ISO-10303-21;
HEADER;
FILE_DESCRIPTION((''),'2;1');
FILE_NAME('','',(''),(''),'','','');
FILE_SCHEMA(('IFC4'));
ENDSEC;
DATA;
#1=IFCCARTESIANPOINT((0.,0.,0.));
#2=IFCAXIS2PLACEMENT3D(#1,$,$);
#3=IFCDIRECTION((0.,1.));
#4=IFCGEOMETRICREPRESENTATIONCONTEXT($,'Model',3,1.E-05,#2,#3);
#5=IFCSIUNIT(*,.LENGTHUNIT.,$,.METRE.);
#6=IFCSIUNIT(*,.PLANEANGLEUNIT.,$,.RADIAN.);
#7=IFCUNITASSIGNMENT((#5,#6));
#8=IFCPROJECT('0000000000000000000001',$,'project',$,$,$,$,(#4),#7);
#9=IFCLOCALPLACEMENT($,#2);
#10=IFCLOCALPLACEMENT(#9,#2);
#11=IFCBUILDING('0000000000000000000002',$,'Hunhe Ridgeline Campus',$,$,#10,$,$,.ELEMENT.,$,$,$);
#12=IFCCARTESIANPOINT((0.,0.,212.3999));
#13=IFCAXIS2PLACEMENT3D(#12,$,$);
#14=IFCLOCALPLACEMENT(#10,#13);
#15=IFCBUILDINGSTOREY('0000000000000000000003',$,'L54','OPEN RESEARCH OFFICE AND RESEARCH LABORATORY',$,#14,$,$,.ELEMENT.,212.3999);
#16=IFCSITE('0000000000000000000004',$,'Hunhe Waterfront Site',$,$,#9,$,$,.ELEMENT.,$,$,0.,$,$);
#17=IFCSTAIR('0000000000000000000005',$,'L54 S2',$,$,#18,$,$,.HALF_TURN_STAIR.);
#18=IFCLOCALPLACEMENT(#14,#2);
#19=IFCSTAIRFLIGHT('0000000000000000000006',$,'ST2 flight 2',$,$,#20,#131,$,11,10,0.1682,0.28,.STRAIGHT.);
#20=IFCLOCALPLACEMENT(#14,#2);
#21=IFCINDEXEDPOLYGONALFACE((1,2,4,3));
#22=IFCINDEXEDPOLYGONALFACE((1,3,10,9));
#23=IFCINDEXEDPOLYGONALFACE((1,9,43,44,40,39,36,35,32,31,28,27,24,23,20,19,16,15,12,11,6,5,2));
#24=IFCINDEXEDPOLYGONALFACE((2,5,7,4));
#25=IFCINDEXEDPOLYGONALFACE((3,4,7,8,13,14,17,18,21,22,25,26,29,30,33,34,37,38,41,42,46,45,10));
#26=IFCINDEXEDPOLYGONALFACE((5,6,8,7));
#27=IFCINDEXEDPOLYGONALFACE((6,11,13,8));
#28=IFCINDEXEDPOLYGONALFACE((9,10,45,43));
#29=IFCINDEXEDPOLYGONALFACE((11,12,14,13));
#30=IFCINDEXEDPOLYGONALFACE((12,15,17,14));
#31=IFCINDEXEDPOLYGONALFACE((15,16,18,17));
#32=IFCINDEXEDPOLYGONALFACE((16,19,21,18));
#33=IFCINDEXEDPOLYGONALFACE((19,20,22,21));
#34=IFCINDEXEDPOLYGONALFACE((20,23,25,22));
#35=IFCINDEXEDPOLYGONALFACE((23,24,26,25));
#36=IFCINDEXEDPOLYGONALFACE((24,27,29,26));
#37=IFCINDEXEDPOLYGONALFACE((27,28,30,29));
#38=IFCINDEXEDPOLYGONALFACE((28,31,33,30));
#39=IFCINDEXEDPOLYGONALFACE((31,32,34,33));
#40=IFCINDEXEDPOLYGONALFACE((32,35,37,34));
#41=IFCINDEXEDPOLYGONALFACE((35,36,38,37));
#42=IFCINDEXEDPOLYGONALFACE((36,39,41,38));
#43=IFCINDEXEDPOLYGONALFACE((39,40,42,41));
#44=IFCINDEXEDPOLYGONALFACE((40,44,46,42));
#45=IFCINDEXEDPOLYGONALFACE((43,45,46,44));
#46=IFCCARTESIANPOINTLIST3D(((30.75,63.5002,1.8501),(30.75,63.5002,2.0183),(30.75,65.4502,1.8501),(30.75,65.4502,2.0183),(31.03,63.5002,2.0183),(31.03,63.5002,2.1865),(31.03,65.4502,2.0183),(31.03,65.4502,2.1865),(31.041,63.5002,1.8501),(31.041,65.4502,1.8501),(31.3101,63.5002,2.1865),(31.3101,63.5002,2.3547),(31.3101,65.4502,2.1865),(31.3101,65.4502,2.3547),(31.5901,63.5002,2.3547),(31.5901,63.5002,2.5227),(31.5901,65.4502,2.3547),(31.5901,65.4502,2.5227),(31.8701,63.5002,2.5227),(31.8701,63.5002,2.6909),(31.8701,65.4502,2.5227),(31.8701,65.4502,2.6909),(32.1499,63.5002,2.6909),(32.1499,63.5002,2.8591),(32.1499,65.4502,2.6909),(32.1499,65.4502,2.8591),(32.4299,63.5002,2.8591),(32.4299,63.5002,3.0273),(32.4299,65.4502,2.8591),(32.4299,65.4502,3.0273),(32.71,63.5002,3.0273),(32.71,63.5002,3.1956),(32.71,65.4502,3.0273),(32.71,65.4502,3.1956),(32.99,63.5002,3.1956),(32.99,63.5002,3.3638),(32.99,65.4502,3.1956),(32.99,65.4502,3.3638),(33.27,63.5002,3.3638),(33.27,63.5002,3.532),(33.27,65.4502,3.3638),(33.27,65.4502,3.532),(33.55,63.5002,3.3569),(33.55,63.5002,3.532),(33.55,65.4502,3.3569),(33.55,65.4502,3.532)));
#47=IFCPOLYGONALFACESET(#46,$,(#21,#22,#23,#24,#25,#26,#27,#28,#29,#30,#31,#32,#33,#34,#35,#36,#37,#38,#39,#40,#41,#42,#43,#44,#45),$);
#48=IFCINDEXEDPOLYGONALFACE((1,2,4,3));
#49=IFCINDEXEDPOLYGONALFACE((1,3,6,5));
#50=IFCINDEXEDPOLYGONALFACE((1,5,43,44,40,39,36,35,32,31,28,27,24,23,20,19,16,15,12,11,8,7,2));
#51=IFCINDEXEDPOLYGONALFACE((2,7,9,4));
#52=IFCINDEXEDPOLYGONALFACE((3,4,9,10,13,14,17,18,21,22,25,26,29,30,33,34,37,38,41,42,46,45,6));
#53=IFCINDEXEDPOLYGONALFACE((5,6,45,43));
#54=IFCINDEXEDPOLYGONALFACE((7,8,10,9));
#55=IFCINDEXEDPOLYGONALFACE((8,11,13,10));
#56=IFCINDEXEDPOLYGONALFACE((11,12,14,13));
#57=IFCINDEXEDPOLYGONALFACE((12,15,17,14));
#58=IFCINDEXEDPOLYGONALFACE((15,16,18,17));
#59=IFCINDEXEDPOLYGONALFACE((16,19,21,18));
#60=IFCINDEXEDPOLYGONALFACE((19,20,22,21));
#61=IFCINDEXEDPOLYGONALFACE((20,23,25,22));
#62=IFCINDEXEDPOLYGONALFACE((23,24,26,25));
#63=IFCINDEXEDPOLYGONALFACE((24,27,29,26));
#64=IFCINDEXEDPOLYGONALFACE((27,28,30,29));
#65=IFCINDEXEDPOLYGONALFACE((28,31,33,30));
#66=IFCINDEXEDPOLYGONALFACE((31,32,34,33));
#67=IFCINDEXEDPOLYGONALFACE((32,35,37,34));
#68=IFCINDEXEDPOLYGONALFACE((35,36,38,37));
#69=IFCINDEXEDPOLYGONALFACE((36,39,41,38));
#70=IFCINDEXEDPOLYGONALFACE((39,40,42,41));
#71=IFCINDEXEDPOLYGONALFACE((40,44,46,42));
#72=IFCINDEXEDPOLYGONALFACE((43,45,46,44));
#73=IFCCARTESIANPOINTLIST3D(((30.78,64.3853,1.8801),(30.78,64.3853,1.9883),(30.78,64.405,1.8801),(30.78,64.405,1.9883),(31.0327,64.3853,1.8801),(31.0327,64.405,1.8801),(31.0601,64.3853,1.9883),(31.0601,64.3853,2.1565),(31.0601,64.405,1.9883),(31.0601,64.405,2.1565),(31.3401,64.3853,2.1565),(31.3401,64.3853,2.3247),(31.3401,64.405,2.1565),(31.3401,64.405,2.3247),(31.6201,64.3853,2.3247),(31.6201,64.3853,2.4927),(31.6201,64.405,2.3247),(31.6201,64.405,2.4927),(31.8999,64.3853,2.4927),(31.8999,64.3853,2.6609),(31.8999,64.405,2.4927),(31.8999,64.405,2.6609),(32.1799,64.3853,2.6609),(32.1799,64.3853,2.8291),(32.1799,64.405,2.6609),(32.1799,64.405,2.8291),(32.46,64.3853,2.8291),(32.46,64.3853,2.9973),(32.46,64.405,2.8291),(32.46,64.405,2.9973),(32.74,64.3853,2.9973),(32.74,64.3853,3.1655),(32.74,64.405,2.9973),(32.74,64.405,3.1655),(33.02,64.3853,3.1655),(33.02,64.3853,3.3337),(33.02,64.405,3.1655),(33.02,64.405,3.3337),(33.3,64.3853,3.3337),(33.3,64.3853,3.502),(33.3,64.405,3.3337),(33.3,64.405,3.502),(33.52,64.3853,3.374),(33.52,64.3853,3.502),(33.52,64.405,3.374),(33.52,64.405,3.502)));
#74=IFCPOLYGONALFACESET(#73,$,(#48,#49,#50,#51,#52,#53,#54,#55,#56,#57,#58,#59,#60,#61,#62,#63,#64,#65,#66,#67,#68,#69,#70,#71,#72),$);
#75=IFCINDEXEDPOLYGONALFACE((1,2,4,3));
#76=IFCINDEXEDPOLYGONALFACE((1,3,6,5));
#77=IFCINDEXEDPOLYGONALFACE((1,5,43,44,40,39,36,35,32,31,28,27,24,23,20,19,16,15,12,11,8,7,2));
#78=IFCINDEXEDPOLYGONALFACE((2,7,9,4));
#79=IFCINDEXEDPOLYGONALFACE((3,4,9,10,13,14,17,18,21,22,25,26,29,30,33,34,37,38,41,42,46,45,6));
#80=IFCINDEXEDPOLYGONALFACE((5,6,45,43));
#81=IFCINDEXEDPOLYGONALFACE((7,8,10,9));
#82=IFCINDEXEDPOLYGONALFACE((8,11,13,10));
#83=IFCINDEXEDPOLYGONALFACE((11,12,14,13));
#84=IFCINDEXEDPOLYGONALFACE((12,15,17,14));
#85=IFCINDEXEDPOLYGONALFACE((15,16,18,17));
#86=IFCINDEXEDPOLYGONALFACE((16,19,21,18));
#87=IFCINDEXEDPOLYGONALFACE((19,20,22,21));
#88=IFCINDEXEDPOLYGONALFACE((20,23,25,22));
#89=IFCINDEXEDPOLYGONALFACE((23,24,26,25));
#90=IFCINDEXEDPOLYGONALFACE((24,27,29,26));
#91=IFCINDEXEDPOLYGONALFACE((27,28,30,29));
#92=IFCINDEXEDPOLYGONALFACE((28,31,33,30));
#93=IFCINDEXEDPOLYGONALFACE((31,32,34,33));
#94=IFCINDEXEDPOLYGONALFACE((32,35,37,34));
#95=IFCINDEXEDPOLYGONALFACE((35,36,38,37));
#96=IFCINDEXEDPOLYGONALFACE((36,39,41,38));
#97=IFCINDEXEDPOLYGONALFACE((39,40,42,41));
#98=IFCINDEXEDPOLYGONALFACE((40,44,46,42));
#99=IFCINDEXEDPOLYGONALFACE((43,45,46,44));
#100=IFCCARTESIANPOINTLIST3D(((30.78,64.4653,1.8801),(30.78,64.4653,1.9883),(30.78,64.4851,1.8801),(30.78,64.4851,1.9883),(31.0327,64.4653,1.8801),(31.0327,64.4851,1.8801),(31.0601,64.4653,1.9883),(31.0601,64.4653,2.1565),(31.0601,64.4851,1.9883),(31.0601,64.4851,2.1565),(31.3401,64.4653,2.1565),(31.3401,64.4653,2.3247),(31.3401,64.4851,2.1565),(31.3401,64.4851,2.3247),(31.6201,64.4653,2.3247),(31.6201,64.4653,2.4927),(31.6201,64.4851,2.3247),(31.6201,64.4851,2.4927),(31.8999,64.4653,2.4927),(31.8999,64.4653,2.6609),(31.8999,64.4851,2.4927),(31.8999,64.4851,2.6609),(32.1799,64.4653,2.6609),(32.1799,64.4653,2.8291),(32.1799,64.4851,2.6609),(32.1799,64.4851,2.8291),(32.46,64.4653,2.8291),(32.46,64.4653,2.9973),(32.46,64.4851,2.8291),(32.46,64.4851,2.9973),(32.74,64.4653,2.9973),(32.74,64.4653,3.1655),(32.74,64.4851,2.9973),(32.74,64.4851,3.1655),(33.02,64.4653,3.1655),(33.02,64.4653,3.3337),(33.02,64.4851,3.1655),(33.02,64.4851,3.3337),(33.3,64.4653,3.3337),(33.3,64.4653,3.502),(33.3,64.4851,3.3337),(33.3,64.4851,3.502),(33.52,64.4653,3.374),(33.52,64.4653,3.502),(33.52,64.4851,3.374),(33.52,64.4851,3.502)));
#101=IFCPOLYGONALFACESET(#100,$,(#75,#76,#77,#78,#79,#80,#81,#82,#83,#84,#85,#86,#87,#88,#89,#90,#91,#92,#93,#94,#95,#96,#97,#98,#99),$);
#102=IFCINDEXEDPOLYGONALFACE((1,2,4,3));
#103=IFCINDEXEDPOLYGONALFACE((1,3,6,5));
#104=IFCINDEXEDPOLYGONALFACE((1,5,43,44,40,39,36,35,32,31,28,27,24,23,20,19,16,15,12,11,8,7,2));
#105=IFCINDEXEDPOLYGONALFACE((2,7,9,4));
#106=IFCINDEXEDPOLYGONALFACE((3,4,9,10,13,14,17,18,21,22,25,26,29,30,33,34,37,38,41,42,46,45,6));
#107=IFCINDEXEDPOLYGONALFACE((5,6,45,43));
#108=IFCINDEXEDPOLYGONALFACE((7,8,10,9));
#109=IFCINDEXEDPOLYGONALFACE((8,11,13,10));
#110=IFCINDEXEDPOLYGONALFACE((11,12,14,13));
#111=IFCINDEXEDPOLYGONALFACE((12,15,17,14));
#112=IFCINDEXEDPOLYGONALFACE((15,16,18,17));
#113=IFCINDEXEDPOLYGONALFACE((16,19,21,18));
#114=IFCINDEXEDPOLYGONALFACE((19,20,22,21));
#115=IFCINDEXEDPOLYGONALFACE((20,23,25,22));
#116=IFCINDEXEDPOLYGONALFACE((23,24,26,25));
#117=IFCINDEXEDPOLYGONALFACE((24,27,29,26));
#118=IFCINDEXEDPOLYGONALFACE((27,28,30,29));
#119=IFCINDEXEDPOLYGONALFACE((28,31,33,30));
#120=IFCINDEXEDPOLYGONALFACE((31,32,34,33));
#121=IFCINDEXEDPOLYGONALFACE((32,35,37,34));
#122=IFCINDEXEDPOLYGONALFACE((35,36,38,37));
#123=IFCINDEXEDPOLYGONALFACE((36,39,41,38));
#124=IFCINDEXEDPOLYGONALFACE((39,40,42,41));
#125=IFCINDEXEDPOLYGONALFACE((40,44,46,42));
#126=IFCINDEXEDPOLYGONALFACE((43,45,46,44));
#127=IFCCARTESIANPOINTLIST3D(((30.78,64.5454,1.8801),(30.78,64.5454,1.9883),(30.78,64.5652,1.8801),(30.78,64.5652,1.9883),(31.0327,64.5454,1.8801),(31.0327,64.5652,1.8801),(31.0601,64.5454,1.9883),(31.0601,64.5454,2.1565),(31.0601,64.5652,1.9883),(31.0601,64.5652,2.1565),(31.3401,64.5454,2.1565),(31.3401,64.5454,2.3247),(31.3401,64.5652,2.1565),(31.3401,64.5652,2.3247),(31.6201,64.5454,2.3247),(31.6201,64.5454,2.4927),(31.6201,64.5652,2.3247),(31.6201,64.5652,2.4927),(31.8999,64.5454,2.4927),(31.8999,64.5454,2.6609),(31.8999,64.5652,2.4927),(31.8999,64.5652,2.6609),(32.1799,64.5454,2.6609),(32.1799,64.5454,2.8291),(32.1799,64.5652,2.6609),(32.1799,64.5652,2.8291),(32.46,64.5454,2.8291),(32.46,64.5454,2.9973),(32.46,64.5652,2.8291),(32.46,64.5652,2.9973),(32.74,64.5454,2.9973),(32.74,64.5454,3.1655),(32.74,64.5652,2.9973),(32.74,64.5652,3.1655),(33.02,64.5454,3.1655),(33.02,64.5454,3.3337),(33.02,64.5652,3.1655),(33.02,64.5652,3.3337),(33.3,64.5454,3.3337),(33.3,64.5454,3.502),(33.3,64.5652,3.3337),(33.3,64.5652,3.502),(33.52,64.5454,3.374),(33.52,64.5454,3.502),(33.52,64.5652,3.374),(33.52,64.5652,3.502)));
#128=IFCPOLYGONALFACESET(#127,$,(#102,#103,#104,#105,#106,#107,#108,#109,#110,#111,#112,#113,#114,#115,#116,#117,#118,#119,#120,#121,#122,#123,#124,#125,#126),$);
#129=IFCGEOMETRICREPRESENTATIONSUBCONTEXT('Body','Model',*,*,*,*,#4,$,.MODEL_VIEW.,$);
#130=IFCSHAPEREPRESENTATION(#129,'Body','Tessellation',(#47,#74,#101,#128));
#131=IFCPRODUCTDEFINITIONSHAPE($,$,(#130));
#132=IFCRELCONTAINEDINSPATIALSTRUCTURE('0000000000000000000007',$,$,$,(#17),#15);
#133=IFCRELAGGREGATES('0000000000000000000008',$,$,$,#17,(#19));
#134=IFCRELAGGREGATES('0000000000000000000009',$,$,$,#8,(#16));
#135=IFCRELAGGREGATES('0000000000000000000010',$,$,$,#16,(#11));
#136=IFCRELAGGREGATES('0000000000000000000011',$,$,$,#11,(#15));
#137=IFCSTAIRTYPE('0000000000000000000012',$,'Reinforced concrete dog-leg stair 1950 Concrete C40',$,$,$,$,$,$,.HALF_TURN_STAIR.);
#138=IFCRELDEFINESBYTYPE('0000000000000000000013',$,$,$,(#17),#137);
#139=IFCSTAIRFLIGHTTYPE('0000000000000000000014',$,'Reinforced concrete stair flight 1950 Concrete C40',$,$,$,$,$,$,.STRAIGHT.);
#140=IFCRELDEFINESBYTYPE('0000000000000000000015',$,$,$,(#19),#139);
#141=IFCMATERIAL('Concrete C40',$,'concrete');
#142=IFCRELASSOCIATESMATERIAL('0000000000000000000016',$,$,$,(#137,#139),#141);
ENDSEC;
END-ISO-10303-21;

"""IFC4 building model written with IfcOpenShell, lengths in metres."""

from ifc_helpers import new_model, si_unit, direction, frame, origin, place, context, subcontext, project, spatial, polyline, outline, extrude, material, type_object, element, aggregate, save


model = new_model("IFC4")

# Units and contexts
model_context = context("Model", 3, precision=1e-05, world=origin(), true_north=direction((0.0, 1.0)))
body_context = subcontext(model_context, "Body", "Model", "MODEL_VIEW")
ifc_project = project(units=[si_unit("LENGTHUNIT", "METRE"), si_unit("PLANEANGLEUNIT", "RADIAN")], contexts=[model_context])

# Site, building, storey
site_placement = place(None, origin())
site = spatial("IfcSite", under=ifc_project, at=site_placement, Name="Hunhe Waterfront Site", CompositionType="ELEMENT", RefElevation=0.0)
building_placement = place(site_placement, origin())
building = spatial("IfcBuilding", under=site, at=building_placement, Name="Hunhe Ridgeline Campus", CompositionType="ELEMENT")
storey_placement = place(building_placement, frame((0.0, 0.0, 212.3999)))
storey = spatial("IfcBuildingStorey", under=building, at=storey_placement, Name="L54", Description="OPEN RESEARCH OFFICE AND RESEARCH LABORATORY", CompositionType="ELEMENT", Elevation=212.3999)

# Stair, stair flight
ifc_material_1 = material(Name="Concrete C40", Category="concrete")
stair_type = type_object("IfcStairType", Name="Reinforced concrete dog-leg stair 1950 Concrete C40", PredefinedType="HALF_TURN_STAIR", material=ifc_material_1)
stair_placement = place(storey_placement, origin())
stair = element("IfcStair", 1, at=stair_placement, inside=storey, type_object=stair_type, Name="L54 S2", PredefinedType="HALF_TURN_STAIR")
stair_flight_type = type_object("IfcStairFlightType", Name="Reinforced concrete stair flight 1950 Concrete C40", PredefinedType="STRAIGHT", material=ifc_material_1)
stair_flight_1_placement = place(storey_placement, frame((30.75, 64.4751, 1.8501), z_axis=(0.0, 0.0, 1.0), x_axis=(1.0, 0.0, 0.0)))
stair_flight_1 = element("IfcStairFlight", 2, at=stair_flight_1_placement, type_object=stair_flight_type, Name="ST2 flight 2", NumberOfRisers=11, NumberOfTreads=10, PredefinedType="STRAIGHT", RiserHeight=0.1682, TreadLength=0.28, context=body_context, shape_type="SweptSolid", body=[
    extrude(outline(polyline([(0.0, 0.0), (0.0, 0.1682), (0.28, 0.1682), (0.28, 0.3364), (0.5601, 0.3364), (0.5601, 0.5046), (0.8401, 0.5046), (0.8401, 0.6726), (1.1201, 0.6726), (1.1201, 0.8408), (1.3999, 0.8408), (1.3999, 1.009), (1.6799, 1.009), (1.6799, 1.1772), (1.96, 1.1772), (1.96, 1.3455), (2.24, 1.3455), (2.24, 1.5137), (2.52, 1.5137), (2.52, 1.6819), (2.8, 1.6819), (2.8, 1.8501), (2.8, 1.5068), (0.291, 0.0), (0.0, 0.0)])), frame((0.0, 0.9751, 0.0), z_axis=(0.0, -1.0, 0.0), x_axis=(1.0, 0.0, 0.0)), (0.0, 0.0, 1.0), 1.95),
    extrude(outline(polyline([(0.03, 0.03), (0.03, 0.1382), (0.3101, 0.1382), (0.3101, 0.3064), (0.5901, 0.3064), (0.5901, 0.4746), (0.8701, 0.4746), (0.8701, 0.6426), (1.1499, 0.6426), (1.1499, 0.8108), (1.4299, 0.8108), (1.4299, 0.979), (1.71, 0.979), (1.71, 1.1472), (1.99, 1.1472), (1.99, 1.3154), (2.27, 1.3154), (2.27, 1.4836), (2.55, 1.4836), (2.55, 1.6519), (2.77, 1.6519), (2.77, 1.5239), (0.2827, 0.03), (0.03, 0.03)])), frame((0.0, -0.0701, 0.0), z_axis=(0.0, -1.0, 0.0), x_axis=(1.0, 0.0, 0.0)), (0.0, 0.0, 1.0), 0.0198),
    extrude(outline(polyline([(0.03, 0.03), (0.03, 0.1382), (0.3101, 0.1382), (0.3101, 0.3064), (0.5901, 0.3064), (0.5901, 0.4746), (0.8701, 0.4746), (0.8701, 0.6426), (1.1499, 0.6426), (1.1499, 0.8108), (1.4299, 0.8108), (1.4299, 0.979), (1.71, 0.979), (1.71, 1.1472), (1.99, 1.1472), (1.99, 1.3154), (2.27, 1.3154), (2.27, 1.4836), (2.55, 1.4836), (2.55, 1.6519), (2.77, 1.6519), (2.77, 1.5239), (0.2827, 0.03), (0.03, 0.03)])), frame((0.0, 0.01, 0.0), z_axis=(0.0, -1.0, 0.0), x_axis=(1.0, 0.0, 0.0)), (0.0, 0.0, 1.0), 0.0198),
    extrude(outline(polyline([(0.03, 0.03), (0.03, 0.1382), (0.3101, 0.1382), (0.3101, 0.3064), (0.5901, 0.3064), (0.5901, 0.4746), (0.8701, 0.4746), (0.8701, 0.6426), (1.1499, 0.6426), (1.1499, 0.8108), (1.4299, 0.8108), (1.4299, 0.979), (1.71, 0.979), (1.71, 1.1472), (1.99, 1.1472), (1.99, 1.3154), (2.27, 1.3154), (2.27, 1.4836), (2.55, 1.4836), (2.55, 1.6519), (2.77, 1.6519), (2.77, 1.5239), (0.2827, 0.03), (0.03, 0.03)])), frame((0.0, 0.0901, 0.0), z_axis=(0.0, -1.0, 0.0), x_axis=(1.0, 0.0, 0.0)), (0.0, 0.0, 1.0), 0.0198),
])
aggregate(stair, [stair_flight_1])

save(model, "model.ifc")
